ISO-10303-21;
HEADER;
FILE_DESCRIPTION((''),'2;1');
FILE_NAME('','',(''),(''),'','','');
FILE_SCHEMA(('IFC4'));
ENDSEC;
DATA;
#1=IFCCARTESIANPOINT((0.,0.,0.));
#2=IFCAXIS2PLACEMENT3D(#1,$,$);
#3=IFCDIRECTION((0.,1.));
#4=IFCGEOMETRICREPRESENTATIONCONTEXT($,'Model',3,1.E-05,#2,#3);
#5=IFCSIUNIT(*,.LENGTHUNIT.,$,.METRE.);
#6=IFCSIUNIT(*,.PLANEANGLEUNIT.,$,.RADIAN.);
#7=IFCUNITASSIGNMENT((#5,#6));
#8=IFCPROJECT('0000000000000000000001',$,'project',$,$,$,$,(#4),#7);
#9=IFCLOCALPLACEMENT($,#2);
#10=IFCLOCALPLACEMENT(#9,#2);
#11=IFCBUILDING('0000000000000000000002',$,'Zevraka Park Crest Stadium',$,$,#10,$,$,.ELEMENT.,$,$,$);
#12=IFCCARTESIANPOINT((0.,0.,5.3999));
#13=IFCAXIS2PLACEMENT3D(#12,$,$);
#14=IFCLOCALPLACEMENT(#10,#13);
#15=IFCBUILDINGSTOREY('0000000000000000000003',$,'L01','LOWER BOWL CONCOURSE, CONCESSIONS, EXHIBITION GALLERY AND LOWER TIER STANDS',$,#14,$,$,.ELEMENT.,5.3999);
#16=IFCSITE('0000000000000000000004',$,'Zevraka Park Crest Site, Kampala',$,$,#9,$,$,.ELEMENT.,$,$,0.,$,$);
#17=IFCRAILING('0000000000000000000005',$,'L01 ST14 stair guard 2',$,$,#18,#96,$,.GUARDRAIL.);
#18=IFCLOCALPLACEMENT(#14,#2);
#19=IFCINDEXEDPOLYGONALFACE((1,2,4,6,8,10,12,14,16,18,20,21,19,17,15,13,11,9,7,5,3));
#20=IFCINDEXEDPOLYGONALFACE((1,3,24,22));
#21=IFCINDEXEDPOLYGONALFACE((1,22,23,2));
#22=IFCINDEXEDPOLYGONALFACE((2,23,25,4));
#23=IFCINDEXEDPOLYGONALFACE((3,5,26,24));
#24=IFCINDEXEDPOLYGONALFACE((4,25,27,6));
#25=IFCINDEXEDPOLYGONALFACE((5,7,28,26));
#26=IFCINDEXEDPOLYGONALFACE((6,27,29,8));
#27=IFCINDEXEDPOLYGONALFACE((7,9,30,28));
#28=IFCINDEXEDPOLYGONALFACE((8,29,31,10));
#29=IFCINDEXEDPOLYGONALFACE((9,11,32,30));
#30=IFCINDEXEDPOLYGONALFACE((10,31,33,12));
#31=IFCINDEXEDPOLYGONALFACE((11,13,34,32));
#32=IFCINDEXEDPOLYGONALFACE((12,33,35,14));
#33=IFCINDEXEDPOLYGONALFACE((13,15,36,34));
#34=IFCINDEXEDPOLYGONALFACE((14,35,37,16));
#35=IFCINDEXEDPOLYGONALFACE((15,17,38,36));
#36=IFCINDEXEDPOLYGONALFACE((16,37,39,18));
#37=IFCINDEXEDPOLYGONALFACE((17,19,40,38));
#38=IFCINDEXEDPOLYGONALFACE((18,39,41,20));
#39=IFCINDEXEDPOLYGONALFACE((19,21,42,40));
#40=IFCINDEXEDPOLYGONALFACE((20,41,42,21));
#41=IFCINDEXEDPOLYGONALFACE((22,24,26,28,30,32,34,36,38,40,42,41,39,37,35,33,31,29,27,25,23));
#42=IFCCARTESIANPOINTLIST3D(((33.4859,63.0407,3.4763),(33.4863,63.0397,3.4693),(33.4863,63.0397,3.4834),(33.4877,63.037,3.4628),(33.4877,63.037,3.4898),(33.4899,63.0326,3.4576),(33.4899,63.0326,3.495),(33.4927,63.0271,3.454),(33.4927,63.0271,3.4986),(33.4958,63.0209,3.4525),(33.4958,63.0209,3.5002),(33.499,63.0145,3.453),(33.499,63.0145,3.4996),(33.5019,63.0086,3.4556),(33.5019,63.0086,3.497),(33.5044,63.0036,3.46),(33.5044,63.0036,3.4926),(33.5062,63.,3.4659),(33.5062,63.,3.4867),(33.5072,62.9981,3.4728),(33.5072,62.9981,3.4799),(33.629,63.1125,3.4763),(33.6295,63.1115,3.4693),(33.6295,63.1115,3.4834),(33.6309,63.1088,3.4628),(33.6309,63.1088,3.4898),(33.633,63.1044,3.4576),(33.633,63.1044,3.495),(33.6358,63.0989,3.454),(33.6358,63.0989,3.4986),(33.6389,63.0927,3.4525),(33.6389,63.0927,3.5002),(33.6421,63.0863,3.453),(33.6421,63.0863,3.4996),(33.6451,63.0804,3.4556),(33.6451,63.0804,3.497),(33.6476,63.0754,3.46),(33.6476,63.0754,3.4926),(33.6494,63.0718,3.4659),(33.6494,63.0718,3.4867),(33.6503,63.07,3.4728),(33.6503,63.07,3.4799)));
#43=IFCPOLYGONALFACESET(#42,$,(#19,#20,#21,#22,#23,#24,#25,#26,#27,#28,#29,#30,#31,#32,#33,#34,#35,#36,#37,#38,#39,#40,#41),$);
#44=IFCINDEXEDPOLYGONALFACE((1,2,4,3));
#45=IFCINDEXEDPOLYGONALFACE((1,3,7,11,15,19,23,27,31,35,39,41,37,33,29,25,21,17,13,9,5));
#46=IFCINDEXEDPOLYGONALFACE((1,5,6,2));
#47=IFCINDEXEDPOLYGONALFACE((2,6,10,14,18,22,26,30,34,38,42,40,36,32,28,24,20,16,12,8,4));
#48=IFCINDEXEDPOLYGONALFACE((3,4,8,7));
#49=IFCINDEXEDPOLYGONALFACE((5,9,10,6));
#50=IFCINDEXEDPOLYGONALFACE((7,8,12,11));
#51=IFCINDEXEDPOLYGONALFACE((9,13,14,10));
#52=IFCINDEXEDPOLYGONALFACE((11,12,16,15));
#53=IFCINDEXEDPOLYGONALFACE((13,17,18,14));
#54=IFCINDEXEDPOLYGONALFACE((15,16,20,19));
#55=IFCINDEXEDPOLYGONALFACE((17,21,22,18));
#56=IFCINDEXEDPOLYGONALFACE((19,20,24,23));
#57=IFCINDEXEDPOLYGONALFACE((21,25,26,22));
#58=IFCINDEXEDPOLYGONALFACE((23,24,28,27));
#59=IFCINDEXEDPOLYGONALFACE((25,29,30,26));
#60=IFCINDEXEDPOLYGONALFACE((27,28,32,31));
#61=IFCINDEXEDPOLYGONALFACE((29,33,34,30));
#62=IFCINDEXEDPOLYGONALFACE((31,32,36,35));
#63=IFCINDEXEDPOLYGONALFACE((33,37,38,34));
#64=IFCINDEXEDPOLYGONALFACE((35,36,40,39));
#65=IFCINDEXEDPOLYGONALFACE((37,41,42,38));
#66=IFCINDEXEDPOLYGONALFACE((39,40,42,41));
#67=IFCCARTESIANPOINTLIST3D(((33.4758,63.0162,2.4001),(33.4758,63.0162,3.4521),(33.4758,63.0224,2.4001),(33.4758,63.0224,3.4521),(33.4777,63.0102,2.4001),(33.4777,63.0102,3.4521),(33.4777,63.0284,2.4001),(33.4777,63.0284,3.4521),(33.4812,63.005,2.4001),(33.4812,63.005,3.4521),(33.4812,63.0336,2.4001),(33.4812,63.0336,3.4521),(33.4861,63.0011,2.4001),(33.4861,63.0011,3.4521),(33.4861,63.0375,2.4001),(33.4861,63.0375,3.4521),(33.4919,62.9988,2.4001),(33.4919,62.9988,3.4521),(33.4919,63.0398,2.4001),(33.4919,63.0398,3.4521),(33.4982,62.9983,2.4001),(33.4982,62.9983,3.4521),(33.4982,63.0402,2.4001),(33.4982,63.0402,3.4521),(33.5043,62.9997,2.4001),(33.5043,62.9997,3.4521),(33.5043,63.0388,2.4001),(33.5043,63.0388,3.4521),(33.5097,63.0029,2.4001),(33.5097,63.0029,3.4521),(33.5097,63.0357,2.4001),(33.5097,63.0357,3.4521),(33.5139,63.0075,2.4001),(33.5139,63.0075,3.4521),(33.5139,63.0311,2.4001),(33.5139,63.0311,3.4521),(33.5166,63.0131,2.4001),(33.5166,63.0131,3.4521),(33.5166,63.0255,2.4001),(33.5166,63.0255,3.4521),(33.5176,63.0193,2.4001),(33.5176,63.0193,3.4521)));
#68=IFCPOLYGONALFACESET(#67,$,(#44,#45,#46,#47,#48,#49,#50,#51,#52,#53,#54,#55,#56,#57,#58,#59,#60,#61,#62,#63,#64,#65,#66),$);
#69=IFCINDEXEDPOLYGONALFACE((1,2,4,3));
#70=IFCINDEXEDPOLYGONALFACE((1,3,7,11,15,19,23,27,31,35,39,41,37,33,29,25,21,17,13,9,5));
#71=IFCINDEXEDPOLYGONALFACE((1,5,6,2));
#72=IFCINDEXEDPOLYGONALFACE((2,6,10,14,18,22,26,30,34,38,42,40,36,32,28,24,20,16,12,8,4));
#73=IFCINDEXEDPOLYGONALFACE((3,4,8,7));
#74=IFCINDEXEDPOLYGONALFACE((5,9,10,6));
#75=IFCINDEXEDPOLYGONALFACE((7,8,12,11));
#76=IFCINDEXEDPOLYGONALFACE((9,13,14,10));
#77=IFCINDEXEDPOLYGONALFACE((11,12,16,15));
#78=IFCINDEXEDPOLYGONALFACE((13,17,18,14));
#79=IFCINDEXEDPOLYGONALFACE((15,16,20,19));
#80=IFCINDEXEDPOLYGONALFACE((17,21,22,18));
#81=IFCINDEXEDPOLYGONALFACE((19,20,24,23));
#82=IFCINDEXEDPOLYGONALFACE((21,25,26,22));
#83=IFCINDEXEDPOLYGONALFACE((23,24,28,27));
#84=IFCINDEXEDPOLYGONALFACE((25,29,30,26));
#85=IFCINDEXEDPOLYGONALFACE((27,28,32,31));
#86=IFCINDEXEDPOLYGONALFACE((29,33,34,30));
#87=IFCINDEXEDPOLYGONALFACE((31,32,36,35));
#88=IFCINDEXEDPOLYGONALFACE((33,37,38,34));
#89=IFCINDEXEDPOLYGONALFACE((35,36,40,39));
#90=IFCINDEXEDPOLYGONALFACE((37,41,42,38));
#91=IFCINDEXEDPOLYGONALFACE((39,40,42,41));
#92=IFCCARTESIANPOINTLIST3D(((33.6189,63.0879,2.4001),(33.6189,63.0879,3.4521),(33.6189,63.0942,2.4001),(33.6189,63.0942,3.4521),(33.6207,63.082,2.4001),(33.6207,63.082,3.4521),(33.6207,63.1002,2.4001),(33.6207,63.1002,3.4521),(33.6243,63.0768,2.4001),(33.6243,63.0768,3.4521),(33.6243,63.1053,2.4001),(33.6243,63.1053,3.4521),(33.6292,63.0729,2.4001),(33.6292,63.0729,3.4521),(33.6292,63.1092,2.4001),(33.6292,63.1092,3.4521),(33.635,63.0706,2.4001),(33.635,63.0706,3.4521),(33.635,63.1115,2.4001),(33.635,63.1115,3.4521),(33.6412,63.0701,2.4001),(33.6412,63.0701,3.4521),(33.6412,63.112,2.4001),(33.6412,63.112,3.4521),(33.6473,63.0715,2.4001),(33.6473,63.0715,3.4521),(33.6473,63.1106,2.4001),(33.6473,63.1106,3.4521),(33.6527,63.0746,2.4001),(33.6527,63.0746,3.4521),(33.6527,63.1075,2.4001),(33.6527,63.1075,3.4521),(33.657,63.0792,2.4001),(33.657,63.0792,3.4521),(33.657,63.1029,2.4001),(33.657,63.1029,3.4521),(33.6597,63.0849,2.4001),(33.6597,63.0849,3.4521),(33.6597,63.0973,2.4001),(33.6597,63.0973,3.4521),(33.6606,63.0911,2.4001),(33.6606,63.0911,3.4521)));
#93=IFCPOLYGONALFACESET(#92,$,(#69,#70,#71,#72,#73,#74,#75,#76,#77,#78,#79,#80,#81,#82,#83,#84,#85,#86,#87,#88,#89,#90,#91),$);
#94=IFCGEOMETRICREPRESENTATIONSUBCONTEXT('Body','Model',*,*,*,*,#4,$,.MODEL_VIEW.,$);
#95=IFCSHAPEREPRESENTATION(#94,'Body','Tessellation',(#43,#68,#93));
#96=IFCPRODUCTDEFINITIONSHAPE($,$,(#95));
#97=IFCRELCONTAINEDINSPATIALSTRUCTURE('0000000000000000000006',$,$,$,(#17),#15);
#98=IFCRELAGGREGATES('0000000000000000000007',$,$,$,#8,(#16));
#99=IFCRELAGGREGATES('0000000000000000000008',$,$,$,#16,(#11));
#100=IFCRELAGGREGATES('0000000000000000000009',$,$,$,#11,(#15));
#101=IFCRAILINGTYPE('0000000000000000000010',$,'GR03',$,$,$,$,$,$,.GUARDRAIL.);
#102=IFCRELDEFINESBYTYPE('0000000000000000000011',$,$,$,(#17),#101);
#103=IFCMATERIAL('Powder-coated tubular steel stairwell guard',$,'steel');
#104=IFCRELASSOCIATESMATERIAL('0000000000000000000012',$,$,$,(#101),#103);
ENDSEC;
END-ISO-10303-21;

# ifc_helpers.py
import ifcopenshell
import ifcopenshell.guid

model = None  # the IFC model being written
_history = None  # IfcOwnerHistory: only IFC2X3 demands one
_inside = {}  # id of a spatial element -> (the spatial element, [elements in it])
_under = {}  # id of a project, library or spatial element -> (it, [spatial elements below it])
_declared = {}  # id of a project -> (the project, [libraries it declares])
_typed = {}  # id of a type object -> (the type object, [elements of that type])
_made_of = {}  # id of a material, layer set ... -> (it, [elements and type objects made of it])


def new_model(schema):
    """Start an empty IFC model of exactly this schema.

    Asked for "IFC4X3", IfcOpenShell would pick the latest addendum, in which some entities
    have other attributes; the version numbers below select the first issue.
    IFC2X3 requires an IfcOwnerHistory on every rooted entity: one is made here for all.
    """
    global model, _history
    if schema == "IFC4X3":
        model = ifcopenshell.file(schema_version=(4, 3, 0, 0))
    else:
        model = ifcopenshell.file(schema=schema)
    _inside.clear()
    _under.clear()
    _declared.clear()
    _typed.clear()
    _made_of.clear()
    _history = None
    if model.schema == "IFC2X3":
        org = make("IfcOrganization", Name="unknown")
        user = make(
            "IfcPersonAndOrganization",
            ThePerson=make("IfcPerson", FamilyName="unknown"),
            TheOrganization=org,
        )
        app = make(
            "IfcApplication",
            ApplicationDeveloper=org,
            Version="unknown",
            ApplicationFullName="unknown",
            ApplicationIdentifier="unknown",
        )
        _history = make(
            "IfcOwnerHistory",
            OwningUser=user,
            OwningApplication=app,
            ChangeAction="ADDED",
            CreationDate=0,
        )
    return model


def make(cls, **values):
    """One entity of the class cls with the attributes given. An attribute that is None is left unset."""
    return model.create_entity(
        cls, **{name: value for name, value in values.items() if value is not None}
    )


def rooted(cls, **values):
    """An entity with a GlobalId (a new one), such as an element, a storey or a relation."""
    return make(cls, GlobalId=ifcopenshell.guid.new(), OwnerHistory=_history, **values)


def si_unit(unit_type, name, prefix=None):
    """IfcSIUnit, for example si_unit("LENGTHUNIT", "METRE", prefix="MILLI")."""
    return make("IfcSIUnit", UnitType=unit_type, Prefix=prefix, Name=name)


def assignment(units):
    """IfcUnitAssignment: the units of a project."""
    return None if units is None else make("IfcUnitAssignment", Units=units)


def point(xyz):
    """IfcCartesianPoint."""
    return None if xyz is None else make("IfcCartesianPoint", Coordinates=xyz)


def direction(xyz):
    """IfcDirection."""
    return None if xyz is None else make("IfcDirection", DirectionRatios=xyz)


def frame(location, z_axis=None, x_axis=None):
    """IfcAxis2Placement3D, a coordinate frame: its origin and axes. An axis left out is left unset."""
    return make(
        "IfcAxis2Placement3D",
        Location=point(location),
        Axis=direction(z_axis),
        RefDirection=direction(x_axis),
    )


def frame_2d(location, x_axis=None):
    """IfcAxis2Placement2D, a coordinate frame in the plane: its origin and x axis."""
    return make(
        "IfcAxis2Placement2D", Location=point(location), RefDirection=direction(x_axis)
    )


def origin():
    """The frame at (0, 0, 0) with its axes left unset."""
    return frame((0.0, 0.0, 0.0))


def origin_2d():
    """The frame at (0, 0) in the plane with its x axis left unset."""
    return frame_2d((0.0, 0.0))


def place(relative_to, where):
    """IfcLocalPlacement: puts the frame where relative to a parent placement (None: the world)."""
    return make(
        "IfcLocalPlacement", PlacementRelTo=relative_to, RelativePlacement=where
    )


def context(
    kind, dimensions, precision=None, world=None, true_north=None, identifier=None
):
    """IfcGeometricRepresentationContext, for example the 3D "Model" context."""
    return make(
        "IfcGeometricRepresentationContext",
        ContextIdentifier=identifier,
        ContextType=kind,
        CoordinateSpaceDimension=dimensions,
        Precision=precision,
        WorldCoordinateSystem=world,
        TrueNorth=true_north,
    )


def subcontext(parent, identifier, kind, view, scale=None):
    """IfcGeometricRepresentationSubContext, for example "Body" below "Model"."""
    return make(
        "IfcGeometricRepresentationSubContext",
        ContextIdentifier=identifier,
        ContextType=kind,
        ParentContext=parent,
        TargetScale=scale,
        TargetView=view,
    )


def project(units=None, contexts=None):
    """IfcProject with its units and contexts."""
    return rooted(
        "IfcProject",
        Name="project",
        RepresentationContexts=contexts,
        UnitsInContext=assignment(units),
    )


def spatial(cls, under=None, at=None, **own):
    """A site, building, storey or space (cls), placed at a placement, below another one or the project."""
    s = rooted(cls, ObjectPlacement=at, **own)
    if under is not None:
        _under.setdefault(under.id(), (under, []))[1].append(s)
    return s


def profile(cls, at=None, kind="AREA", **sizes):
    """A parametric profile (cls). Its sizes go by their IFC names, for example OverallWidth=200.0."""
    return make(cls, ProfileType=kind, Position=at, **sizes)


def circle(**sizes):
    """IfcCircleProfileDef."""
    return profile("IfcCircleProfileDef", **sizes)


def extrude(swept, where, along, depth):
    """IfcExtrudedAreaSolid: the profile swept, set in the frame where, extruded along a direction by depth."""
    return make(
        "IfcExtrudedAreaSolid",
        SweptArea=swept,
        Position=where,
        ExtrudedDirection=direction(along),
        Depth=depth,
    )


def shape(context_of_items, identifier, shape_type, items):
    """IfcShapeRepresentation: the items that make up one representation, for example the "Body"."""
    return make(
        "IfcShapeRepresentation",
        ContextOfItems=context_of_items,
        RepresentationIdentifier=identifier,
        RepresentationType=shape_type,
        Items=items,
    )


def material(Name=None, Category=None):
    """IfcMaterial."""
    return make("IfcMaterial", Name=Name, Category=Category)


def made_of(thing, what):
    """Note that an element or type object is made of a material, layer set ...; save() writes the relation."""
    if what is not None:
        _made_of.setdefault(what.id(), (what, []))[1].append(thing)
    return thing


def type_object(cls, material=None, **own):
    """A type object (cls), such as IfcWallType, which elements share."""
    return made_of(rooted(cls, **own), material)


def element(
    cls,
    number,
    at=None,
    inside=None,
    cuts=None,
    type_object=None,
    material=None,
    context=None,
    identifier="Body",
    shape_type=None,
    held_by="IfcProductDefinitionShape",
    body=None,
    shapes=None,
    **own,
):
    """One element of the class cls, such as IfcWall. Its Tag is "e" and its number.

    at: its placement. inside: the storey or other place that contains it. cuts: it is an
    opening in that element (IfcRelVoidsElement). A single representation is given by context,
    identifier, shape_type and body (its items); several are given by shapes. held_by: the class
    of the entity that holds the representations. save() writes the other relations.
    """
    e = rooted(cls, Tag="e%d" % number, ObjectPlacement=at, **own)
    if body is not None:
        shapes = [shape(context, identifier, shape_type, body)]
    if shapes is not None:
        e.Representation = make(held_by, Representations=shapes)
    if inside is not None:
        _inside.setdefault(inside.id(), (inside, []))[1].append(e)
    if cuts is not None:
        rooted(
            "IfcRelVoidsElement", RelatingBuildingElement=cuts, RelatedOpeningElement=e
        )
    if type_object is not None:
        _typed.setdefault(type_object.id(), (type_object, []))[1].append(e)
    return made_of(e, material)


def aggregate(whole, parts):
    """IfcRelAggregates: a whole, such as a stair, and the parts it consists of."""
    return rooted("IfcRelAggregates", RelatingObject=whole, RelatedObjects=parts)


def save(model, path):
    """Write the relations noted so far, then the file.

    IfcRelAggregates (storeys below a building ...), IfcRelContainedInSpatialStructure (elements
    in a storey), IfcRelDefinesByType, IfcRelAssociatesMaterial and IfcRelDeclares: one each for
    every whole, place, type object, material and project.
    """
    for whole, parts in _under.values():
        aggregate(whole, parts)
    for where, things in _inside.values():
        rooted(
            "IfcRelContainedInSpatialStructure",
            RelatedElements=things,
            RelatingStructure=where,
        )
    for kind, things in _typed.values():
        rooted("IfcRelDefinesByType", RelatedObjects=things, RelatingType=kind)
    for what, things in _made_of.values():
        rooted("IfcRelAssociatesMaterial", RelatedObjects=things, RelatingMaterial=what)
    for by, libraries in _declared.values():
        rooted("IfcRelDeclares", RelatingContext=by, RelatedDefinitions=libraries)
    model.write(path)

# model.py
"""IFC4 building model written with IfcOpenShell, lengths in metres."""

from ifc_helpers import new_model, si_unit, direction, frame, origin, origin_2d, place, context, subcontext, project, spatial, circle, extrude, material, type_object, element, save


model = new_model("IFC4")

# Units and contexts
model_context = context("Model", 3, precision=1e-05, world=origin(), true_north=direction((0.0, 1.0)))
body_context = subcontext(model_context, "Body", "Model", "MODEL_VIEW")
ifc_project = project(units=[si_unit("LENGTHUNIT", "METRE"), si_unit("PLANEANGLEUNIT", "RADIAN")], contexts=[model_context])

# Site, building, storey
site_placement = place(None, origin())
site = spatial("IfcSite", under=ifc_project, at=site_placement, Name="Zevraka Park Crest Site, Kampala", CompositionType="ELEMENT", RefElevation=0.0)
building_placement = place(site_placement, origin())
building = spatial("IfcBuilding", under=site, at=building_placement, Name="Zevraka Park Crest Stadium", CompositionType="ELEMENT")
storey_placement = place(building_placement, frame((0.0, 0.0, 5.3999)))
storey = spatial("IfcBuildingStorey", under=building, at=storey_placement, Name="L01", Description="LOWER BOWL CONCOURSE, CONCESSIONS, EXHIBITION GALLERY AND LOWER TIER STANDS", CompositionType="ELEMENT", Elevation=5.3999)

# Railing
ifc_material_1 = material(Name="Powder-coated tubular steel stairwell guard", Category="steel")
railing_type_1 = type_object("IfcRailingType", Name="GR03", PredefinedType="GUARDRAIL", material=ifc_material_1)
railing_1_placement = place(storey_placement, frame((33.4966, 63.0193, 2.4001)))
element("IfcRailing", 1, at=railing_1_placement, inside=storey, type_object=railing_type_1, Name="L01 ST14 stair guard 2", PredefinedType="GUARDRAIL", context=body_context, shape_type="SweptSolid", body=[
    extrude(circle(Radius=0.0239, at=origin_2d()), frame((0.0, 0.0, 1.0762), z_axis=(0.893816, 0.448433, 0.0), x_axis=(-0.448433, 0.893816, 0.0)), (0.0, 0.0, 1.0), 0.1602),
    extrude(circle(Radius=0.021, at=origin_2d()), origin(), (0.0, 0.0, 1.0), 1.052),
    extrude(circle(Radius=0.021, at=origin_2d()), frame((0.1431, 0.0718, 0.0)), (0.0, 0.0, 1.0), 1.052),
])

save(model, "model.ifc")
